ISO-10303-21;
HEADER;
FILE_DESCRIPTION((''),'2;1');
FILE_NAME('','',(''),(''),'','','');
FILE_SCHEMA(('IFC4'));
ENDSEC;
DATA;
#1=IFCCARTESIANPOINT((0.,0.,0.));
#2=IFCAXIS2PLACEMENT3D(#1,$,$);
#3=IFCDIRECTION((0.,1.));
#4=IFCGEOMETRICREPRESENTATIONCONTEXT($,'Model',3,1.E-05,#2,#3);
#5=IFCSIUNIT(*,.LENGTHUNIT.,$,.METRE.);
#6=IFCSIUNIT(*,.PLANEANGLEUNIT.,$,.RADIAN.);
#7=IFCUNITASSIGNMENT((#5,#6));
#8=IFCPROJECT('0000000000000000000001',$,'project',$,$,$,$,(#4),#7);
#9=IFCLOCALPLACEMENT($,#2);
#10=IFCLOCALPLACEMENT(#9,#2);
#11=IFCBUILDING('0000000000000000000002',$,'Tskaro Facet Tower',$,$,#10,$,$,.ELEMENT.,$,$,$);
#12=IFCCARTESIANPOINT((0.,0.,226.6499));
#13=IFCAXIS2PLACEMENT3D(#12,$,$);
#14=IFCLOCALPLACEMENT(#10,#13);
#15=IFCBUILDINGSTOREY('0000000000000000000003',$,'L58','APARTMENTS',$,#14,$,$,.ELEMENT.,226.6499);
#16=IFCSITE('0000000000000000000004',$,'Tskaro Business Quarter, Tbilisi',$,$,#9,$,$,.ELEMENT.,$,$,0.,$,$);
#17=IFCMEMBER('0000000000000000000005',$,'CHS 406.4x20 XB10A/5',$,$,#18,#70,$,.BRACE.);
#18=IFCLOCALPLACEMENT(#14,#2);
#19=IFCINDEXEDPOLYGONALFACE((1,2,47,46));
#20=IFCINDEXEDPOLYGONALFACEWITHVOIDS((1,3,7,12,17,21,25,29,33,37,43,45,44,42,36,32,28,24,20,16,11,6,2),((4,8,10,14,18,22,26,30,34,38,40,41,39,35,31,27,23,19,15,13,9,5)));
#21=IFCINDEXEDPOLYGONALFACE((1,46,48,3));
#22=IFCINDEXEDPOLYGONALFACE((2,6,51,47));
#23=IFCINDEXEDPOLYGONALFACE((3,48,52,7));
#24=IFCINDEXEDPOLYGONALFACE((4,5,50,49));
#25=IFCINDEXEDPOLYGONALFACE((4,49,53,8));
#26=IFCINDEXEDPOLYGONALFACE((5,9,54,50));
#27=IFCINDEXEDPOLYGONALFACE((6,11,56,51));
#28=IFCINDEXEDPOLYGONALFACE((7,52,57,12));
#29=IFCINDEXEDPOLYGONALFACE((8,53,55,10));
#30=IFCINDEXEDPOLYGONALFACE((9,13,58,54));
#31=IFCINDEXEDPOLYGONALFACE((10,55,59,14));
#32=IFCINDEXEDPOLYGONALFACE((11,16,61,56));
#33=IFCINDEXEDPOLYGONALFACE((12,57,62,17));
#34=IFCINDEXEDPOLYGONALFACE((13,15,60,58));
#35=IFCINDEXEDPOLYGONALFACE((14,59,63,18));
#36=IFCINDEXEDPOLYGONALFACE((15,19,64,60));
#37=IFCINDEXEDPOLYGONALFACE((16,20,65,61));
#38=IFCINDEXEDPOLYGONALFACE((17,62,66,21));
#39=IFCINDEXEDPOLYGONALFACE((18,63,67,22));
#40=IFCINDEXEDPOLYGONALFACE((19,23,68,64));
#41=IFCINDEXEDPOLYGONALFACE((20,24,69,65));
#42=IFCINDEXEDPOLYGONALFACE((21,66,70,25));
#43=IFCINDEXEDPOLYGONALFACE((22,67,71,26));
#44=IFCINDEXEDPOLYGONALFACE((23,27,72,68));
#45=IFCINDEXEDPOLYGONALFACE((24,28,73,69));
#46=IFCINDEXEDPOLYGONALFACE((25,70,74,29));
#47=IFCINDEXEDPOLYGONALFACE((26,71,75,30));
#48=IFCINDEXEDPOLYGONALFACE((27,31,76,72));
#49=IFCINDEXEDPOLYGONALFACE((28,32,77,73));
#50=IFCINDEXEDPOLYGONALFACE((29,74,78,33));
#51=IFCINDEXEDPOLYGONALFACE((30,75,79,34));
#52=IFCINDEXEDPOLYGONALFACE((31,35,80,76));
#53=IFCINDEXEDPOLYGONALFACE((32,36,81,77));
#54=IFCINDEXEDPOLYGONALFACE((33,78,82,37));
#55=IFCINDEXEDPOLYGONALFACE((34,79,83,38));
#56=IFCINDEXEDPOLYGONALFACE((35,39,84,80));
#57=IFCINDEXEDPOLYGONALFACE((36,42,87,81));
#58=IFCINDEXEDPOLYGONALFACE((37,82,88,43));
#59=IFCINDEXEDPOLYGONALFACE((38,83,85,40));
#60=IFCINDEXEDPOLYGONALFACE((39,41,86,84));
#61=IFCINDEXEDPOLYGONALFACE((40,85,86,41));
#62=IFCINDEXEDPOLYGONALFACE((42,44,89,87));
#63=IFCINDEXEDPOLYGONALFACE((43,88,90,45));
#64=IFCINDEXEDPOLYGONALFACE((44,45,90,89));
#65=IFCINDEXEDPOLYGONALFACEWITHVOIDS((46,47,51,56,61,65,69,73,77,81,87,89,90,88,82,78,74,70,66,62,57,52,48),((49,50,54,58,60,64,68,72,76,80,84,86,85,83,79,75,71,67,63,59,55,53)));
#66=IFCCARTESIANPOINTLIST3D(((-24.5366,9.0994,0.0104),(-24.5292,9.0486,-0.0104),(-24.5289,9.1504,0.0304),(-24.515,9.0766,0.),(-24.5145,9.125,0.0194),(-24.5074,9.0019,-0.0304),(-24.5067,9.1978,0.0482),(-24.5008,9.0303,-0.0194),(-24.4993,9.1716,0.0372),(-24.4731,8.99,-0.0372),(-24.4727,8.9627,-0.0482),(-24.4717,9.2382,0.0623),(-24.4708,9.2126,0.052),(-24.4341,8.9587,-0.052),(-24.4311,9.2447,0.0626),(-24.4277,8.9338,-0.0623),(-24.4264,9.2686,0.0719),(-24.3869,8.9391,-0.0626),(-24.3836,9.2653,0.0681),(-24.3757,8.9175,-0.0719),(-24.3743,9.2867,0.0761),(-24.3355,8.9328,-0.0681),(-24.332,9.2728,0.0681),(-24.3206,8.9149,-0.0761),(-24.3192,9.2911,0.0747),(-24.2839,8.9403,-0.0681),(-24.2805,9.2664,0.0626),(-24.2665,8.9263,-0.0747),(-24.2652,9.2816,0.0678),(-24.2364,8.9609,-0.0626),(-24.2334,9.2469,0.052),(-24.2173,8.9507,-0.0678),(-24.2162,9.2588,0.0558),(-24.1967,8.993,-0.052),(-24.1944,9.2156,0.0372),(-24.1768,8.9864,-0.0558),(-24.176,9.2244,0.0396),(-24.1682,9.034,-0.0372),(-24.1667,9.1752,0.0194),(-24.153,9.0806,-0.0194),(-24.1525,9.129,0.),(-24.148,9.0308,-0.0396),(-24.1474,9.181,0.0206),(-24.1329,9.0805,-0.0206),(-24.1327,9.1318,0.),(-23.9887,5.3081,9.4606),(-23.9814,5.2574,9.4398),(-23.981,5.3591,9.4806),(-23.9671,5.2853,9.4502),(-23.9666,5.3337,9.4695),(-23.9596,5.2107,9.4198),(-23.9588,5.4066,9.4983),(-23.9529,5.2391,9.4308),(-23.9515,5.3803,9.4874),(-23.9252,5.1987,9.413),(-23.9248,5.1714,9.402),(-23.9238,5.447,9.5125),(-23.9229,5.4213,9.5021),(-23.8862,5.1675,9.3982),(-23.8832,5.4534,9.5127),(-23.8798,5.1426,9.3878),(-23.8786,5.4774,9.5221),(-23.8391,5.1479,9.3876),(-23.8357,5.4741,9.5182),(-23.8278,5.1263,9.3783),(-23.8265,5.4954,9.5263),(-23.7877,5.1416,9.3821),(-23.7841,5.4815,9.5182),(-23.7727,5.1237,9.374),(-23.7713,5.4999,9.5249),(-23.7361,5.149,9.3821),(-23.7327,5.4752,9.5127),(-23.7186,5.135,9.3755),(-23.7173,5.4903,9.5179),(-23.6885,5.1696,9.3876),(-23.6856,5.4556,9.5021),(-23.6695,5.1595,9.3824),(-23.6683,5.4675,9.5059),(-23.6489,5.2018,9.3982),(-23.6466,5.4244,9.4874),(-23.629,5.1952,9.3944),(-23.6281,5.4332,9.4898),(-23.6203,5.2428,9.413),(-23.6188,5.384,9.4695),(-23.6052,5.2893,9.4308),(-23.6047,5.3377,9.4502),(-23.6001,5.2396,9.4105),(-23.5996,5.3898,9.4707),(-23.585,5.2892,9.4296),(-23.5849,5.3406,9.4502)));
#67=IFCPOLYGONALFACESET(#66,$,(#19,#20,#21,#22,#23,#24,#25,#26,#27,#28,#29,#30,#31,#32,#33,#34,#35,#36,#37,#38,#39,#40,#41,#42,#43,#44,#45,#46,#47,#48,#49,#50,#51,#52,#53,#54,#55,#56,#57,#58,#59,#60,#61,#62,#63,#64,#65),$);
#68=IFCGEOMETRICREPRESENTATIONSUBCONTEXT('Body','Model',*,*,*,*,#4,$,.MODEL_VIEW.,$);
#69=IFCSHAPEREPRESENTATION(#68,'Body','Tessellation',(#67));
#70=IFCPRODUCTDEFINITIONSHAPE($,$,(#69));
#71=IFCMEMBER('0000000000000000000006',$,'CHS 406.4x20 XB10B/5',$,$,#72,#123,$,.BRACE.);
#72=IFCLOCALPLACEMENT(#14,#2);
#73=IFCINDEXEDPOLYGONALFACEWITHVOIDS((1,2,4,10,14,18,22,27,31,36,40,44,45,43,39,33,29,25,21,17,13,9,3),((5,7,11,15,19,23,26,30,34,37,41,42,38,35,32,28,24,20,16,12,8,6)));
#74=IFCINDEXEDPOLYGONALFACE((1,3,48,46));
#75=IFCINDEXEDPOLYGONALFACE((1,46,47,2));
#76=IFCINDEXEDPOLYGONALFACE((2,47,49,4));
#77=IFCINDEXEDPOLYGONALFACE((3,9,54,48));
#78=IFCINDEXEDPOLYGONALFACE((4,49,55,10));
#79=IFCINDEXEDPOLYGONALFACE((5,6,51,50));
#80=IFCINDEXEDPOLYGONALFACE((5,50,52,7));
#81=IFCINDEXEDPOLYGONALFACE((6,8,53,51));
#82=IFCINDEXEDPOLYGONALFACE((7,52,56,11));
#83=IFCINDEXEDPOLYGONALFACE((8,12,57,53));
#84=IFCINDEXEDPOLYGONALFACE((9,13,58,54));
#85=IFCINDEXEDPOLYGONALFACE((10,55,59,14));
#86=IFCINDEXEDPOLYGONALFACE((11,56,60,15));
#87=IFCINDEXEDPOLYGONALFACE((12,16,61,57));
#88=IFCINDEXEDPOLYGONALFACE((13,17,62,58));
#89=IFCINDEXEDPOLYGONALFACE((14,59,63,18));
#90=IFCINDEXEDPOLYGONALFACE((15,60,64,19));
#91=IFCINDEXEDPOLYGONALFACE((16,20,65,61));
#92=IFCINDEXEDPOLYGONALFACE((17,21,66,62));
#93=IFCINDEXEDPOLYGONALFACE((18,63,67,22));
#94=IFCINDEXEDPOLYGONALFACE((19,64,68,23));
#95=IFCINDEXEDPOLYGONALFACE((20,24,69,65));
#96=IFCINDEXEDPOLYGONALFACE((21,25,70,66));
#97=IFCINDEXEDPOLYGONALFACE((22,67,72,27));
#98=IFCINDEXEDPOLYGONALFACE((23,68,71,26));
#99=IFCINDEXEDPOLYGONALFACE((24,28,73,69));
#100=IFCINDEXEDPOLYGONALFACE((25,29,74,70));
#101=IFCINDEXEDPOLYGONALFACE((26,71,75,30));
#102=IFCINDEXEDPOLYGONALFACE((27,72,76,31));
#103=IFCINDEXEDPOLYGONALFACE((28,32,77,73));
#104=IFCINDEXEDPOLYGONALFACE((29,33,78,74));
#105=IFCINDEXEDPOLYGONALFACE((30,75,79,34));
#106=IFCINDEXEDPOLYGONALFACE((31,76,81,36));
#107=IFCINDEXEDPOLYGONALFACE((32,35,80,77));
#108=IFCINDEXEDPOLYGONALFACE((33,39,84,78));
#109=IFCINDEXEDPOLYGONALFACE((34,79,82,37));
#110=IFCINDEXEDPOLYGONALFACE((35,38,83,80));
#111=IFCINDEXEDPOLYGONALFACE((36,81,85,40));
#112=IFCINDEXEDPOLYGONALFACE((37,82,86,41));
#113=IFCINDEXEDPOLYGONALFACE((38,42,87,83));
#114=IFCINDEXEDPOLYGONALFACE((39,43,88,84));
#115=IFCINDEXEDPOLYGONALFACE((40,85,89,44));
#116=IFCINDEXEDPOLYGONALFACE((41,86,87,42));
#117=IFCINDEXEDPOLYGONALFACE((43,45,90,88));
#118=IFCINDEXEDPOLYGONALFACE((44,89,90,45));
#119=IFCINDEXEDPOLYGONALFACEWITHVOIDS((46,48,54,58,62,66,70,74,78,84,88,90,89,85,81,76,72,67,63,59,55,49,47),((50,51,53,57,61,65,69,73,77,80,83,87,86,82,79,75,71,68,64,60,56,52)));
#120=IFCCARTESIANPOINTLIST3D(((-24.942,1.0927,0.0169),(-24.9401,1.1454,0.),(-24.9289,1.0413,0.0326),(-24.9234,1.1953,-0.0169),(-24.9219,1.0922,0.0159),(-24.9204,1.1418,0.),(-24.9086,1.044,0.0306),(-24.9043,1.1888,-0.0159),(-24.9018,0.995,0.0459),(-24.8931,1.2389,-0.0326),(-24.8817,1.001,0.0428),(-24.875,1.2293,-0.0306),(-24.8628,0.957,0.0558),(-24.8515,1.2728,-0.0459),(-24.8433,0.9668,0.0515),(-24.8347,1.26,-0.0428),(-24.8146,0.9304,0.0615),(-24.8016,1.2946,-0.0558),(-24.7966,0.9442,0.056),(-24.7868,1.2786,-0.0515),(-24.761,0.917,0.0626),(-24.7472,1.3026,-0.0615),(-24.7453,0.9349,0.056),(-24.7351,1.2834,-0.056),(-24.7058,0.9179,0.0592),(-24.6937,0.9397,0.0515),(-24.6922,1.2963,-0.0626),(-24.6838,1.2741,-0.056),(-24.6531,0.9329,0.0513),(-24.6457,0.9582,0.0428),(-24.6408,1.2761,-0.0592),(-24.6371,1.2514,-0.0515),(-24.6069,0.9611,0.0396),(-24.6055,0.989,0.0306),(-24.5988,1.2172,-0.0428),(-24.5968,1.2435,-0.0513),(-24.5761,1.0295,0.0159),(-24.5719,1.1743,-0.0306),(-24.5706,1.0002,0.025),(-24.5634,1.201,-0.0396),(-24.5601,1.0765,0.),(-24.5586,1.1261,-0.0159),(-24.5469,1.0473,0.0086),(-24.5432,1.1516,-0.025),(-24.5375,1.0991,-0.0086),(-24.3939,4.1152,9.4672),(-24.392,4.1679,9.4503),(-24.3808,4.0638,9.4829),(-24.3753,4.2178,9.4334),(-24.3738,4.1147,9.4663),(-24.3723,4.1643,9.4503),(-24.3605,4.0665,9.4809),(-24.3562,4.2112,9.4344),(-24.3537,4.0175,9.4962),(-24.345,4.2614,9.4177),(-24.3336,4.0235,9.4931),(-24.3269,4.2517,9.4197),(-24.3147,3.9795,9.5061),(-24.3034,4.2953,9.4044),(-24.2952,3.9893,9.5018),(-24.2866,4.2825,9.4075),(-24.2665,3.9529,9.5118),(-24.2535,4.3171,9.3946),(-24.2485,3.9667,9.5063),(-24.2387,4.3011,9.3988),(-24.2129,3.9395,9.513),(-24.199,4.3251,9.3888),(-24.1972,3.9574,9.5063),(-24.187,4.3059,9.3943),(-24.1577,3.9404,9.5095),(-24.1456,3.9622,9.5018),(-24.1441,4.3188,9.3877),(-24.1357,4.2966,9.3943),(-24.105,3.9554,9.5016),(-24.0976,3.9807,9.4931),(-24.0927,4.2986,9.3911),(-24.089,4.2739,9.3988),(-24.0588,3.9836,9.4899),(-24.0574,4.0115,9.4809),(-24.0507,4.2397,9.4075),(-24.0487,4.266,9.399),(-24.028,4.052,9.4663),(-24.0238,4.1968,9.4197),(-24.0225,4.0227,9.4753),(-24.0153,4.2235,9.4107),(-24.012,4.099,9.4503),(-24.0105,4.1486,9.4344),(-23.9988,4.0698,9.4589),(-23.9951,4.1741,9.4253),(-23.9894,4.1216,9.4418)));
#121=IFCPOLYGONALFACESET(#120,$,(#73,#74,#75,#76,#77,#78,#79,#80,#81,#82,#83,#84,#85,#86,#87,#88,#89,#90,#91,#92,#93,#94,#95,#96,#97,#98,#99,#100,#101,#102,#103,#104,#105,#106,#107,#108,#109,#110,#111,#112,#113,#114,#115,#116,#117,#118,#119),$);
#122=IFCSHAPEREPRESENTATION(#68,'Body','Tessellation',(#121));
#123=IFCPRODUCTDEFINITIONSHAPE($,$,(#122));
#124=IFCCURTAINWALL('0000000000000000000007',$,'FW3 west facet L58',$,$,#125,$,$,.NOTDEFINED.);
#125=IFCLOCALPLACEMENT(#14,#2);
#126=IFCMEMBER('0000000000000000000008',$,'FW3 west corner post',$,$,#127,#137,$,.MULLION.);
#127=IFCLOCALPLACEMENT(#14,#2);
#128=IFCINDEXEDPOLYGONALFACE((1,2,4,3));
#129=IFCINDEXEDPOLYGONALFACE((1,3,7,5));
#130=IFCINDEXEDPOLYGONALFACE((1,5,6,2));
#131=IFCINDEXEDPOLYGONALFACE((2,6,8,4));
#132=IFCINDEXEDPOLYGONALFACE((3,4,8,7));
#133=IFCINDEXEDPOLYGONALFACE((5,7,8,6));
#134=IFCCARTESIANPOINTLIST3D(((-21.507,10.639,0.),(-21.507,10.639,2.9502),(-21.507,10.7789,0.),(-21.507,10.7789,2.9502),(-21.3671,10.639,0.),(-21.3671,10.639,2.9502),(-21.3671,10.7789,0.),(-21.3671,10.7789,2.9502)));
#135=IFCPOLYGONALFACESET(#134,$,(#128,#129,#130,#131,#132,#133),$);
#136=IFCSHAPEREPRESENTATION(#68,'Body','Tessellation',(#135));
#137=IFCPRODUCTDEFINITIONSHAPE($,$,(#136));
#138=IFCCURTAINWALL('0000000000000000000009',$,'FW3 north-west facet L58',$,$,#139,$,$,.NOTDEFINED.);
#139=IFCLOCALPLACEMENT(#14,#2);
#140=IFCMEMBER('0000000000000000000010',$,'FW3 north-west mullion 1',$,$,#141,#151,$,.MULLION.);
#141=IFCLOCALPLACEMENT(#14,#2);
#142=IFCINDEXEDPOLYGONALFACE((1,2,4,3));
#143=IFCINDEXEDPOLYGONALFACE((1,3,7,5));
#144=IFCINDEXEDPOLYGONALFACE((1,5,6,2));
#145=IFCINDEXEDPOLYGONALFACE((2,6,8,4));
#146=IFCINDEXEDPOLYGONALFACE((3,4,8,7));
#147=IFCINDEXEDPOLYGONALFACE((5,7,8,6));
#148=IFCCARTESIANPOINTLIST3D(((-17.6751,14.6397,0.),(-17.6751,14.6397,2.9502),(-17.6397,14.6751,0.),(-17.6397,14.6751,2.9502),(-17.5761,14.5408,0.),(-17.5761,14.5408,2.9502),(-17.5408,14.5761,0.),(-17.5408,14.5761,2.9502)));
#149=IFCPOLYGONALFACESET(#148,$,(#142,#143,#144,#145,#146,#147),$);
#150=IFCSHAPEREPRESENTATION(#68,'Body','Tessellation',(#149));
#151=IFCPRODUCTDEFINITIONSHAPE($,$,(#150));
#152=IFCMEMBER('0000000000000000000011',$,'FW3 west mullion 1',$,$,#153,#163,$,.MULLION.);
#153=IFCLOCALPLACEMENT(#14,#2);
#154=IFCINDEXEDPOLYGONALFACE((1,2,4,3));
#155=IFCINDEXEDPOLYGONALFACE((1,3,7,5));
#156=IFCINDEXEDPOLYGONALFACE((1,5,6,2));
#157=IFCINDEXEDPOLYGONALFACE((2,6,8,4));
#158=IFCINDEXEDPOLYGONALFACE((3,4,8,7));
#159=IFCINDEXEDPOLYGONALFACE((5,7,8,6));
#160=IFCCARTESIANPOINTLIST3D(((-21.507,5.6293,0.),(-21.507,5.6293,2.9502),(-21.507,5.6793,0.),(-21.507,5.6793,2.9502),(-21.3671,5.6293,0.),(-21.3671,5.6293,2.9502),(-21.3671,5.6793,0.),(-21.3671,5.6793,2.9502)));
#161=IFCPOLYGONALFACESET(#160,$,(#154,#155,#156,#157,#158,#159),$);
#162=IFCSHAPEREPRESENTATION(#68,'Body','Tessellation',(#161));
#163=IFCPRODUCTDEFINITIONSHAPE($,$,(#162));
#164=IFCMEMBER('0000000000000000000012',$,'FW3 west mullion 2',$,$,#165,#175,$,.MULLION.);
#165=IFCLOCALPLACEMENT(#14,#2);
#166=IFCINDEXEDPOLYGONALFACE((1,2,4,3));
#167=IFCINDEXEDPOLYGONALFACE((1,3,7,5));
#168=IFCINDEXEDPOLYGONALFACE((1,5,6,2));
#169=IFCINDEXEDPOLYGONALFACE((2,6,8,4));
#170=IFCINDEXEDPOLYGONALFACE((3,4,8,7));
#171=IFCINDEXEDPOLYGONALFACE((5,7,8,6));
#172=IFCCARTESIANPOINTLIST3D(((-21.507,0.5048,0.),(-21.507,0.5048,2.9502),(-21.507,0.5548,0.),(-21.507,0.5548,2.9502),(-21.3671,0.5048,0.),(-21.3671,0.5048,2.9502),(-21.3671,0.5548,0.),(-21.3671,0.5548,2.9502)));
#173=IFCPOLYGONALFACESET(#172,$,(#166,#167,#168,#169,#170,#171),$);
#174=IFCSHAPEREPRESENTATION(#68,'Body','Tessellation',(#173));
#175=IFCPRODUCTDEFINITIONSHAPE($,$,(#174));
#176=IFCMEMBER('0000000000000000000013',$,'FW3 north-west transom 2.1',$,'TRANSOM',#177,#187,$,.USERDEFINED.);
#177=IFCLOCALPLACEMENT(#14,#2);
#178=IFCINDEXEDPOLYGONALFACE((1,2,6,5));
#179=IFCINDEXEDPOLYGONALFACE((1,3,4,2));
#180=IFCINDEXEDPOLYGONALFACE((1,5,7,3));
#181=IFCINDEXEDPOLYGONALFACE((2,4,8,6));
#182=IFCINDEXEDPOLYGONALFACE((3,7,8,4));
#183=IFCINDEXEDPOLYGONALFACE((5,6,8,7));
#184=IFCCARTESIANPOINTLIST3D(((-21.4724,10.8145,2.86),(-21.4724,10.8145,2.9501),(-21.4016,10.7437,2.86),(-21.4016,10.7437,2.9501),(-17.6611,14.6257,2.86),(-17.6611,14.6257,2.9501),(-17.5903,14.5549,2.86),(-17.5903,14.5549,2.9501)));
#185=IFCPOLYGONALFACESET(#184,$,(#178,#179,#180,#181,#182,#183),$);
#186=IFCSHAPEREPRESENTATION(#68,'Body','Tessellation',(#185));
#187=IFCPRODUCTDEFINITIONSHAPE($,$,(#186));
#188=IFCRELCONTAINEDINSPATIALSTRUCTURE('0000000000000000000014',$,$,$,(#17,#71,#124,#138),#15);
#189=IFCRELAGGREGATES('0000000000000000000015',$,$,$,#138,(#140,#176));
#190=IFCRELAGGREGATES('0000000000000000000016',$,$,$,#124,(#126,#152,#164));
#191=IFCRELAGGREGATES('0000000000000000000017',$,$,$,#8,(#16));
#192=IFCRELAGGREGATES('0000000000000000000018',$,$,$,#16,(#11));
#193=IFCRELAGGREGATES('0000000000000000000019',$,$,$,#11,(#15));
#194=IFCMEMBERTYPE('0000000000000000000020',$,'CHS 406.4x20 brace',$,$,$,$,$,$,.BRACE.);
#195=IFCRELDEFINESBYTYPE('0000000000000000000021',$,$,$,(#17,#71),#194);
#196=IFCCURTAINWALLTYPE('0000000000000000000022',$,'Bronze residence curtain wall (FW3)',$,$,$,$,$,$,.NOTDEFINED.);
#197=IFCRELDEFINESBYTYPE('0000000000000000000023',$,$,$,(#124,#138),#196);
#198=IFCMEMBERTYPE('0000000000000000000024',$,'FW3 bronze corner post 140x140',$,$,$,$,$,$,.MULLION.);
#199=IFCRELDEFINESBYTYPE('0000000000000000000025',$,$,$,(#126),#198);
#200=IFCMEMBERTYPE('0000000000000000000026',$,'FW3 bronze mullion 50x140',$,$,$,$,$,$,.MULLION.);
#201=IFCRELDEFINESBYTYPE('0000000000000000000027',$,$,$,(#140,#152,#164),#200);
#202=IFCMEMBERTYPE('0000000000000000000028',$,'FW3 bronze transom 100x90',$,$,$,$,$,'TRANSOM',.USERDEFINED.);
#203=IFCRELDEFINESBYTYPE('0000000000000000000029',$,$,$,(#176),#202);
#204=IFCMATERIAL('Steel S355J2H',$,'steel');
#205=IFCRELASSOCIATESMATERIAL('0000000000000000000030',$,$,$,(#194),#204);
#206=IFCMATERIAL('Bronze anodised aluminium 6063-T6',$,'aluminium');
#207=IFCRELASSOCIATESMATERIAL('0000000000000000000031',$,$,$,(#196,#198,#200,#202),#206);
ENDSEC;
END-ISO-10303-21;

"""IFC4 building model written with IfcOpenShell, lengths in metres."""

from ifc_helpers import new_model, si_unit, direction, frame, origin, origin_2d, place, context, subcontext, project, spatial, rectangle, hollow_circle, extrude, material, material_profile, profile_set, type_object, element, aggregate, save


model = new_model("IFC4")

# Units and contexts
model_context = context("Model", 3, precision=1e-05, world=origin(), true_north=direction((0.0, 1.0)))
body_context = subcontext(model_context, "Body", "Model", "MODEL_VIEW")
ifc_project = project(units=[si_unit("LENGTHUNIT", "METRE"), si_unit("PLANEANGLEUNIT", "RADIAN")], contexts=[model_context])

# Site, building, storey
site_placement = place(None, origin())
site = spatial("IfcSite", under=ifc_project, at=site_placement, Name="Tskaro Business Quarter, Tbilisi", CompositionType="ELEMENT", RefElevation=0.0)
building_placement = place(site_placement, origin())
building = spatial("IfcBuilding", under=site, at=building_placement, Name="Tskaro Facet Tower", CompositionType="ELEMENT")
storey_placement = place(building_placement, frame((0.0, 0.0, 226.6499)))
storey = spatial("IfcBuildingStorey", under=building, at=storey_placement, Name="L58", Description="APARTMENTS", CompositionType="ELEMENT", Elevation=226.6499)

# Shared definitions
ifc_material_1 = material(Name="Steel S355J2H", Category="steel")

# Members
ifc_material_profile_1 = material_profile(ifc_material_1, hollow_circle(Radius=0.2031, WallThickness=0.02, at=origin_2d()), Name="CHS 406.4x20")
ifc_profile_set_1 = profile_set([ifc_material_profile_1], Name="Steel S355J2H")
member_type_1 = type_object("IfcMemberType", Name="CHS 406.4x20 brace", PredefinedType="BRACE", material=ifc_profile_set_1)
member_1_placement = place(storey_placement, frame((-24.3337, 9.1028, 0.0), z_axis=(0.053726, -0.371799, 0.926757), x_axis=(0.98972, 0.143018, 0.0)))
element("IfcMember", 1, at=member_1_placement, inside=storey, type_object=member_type_1, Name="CHS 406.4x20 XB10A/5", PredefinedType="BRACE", context=body_context, shape_type="SweptSolid", body=[
    extrude(hollow_circle(Radius=0.2031, WallThickness=0.02, at=origin_2d()), origin(), (0.0, 0.0, 1.0), 10.197),
])
member_2_placement = place(storey_placement, frame((-24.7402, 1.1091, 0.0), z_axis=(0.055158, 0.304166, 0.951021), x_axis=(-0.983952, 0.178431, 0.0)))
element("IfcMember", 2, at=member_2_placement, inside=storey, type_object=member_type_1, Name="CHS 406.4x20 XB10B/5", PredefinedType="BRACE", context=body_context, shape_type="SweptSolid", body=[
    extrude(hollow_circle(Radius=0.2031, WallThickness=0.02, at=origin_2d()), origin(), (0.0, 0.0, 1.0), 9.937),
])

# Curtain walls, members
ifc_material_2 = material(Name="Bronze anodised aluminium 6063-T6", Category="aluminium")
curtain_wall_type = type_object("IfcCurtainWallType", Name="Bronze residence curtain wall (FW3)", PredefinedType="NOTDEFINED", material=ifc_material_2)
curtain_wall_1_placement = place(storey_placement, origin())
curtain_wall_1 = element("IfcCurtainWall", 3, at=curtain_wall_1_placement, inside=storey, type_object=curtain_wall_type, Name="FW3 west facet L58", PredefinedType="NOTDEFINED")
ifc_material_profile_2 = material_profile(ifc_material_2, rectangle(XDim=0.1399, YDim=0.1399, at=origin_2d()), Name="Corner post 140x140")
ifc_profile_set_2 = profile_set([ifc_material_profile_2], Name="Bronze anodised aluminium 6063-T6")
member_type_2 = type_object("IfcMemberType", Name="FW3 bronze corner post 140x140", PredefinedType="MULLION", material=ifc_profile_set_2)
member_3_placement = place(storey_placement, frame((-21.437, 10.709, 0.0), z_axis=(0.0, 0.0, 1.0), x_axis=(0.0, -1.0, 0.0)))
member_3 = element("IfcMember", 4, at=member_3_placement, type_object=member_type_2, Name="FW3 west corner post", PredefinedType="MULLION", context=body_context, shape_type="SweptSolid", body=[
    extrude(rectangle(XDim=0.1399, YDim=0.1399, at=origin_2d()), origin(), (0.0, 0.0, 1.0), 2.9502),
])
curtain_wall_2_placement = place(storey_placement, origin())
curtain_wall_2 = element("IfcCurtainWall", 5, at=curtain_wall_2_placement, inside=storey, type_object=curtain_wall_type, Name="FW3 north-west facet L58", PredefinedType="NOTDEFINED")
ifc_material_profile_3 = material_profile(ifc_material_2, rectangle(XDim=0.05, YDim=0.1399, at=origin_2d()), Name="Mullion 50x140")
ifc_profile_set_3 = profile_set([ifc_material_profile_3], Name="Bronze anodised aluminium 6063-T6")
member_type_3 = type_object("IfcMemberType", Name="FW3 bronze mullion 50x140", PredefinedType="MULLION", material=ifc_profile_set_3)
member_4_placement = place(storey_placement, frame((-17.6079, 14.6079, 0.0), z_axis=(0.0, 0.0, 1.0), x_axis=(-0.707107, -0.707107, 0.0)))
member_4 = element("IfcMember", 6, at=member_4_placement, type_object=member_type_3, Name="FW3 north-west mullion 1", PredefinedType="MULLION", context=body_context, shape_type="SweptSolid", body=[
    extrude(rectangle(XDim=0.05, YDim=0.1399, at=origin_2d()), origin(), (0.0, 0.0, 1.0), 2.9502),
])

# Members
member_5_placement = place(storey_placement, frame((-21.437, 5.6543, 0.0), z_axis=(0.0, 0.0, 1.0), x_axis=(0.0, -1.0, 0.0)))
member_5 = element("IfcMember", 7, at=member_5_placement, type_object=member_type_3, Name="FW3 west mullion 1", PredefinedType="MULLION", context=body_context, shape_type="SweptSolid", body=[
    extrude(rectangle(XDim=0.05, YDim=0.1399, at=origin_2d()), origin(), (0.0, 0.0, 1.0), 2.9502),
])
member_6_placement = place(storey_placement, frame((-21.437, 0.5298, 0.0), z_axis=(0.0, 0.0, 1.0), x_axis=(0.0, -1.0, 0.0)))
member_6 = element("IfcMember", 8, at=member_6_placement, type_object=member_type_3, Name="FW3 west mullion 2", PredefinedType="MULLION", context=body_context, shape_type="SweptSolid", body=[
    extrude(rectangle(XDim=0.05, YDim=0.1399, at=origin_2d()), origin(), (0.0, 0.0, 1.0), 2.9502),
])
ifc_material_profile_4 = material_profile(ifc_material_2, rectangle(XDim=0.1001, YDim=0.0901, at=origin_2d()), Name="Transom 100x90")
ifc_profile_set_4 = profile_set([ifc_material_profile_4], Name="Bronze anodised aluminium 6063-T6")
member_type_4 = type_object("IfcMemberType", Name="FW3 bronze transom 100x90", ElementType="TRANSOM", PredefinedType="USERDEFINED", material=ifc_profile_set_4)
member_7_placement = place(storey_placement, frame((-17.6257, 14.5903, 2.905), z_axis=(-0.707107, -0.707107, 0.0), x_axis=(0.707107, -0.707107, 0.0)))
member_7 = element("IfcMember", 9, at=member_7_placement, type_object=member_type_4, Name="FW3 north-west transom 2.1", ObjectType="TRANSOM", PredefinedType="USERDEFINED", context=body_context, shape_type="SweptSolid", body=[
    extrude(rectangle(XDim=0.1001, YDim=0.0901, at=origin_2d()), origin(), (0.0, 0.0, 1.0), 5.3899),
])

aggregate(curtain_wall_2, [member_4, member_7])
aggregate(curtain_wall_1, [member_3, member_5, member_6])

save(model, "model.ifc")
